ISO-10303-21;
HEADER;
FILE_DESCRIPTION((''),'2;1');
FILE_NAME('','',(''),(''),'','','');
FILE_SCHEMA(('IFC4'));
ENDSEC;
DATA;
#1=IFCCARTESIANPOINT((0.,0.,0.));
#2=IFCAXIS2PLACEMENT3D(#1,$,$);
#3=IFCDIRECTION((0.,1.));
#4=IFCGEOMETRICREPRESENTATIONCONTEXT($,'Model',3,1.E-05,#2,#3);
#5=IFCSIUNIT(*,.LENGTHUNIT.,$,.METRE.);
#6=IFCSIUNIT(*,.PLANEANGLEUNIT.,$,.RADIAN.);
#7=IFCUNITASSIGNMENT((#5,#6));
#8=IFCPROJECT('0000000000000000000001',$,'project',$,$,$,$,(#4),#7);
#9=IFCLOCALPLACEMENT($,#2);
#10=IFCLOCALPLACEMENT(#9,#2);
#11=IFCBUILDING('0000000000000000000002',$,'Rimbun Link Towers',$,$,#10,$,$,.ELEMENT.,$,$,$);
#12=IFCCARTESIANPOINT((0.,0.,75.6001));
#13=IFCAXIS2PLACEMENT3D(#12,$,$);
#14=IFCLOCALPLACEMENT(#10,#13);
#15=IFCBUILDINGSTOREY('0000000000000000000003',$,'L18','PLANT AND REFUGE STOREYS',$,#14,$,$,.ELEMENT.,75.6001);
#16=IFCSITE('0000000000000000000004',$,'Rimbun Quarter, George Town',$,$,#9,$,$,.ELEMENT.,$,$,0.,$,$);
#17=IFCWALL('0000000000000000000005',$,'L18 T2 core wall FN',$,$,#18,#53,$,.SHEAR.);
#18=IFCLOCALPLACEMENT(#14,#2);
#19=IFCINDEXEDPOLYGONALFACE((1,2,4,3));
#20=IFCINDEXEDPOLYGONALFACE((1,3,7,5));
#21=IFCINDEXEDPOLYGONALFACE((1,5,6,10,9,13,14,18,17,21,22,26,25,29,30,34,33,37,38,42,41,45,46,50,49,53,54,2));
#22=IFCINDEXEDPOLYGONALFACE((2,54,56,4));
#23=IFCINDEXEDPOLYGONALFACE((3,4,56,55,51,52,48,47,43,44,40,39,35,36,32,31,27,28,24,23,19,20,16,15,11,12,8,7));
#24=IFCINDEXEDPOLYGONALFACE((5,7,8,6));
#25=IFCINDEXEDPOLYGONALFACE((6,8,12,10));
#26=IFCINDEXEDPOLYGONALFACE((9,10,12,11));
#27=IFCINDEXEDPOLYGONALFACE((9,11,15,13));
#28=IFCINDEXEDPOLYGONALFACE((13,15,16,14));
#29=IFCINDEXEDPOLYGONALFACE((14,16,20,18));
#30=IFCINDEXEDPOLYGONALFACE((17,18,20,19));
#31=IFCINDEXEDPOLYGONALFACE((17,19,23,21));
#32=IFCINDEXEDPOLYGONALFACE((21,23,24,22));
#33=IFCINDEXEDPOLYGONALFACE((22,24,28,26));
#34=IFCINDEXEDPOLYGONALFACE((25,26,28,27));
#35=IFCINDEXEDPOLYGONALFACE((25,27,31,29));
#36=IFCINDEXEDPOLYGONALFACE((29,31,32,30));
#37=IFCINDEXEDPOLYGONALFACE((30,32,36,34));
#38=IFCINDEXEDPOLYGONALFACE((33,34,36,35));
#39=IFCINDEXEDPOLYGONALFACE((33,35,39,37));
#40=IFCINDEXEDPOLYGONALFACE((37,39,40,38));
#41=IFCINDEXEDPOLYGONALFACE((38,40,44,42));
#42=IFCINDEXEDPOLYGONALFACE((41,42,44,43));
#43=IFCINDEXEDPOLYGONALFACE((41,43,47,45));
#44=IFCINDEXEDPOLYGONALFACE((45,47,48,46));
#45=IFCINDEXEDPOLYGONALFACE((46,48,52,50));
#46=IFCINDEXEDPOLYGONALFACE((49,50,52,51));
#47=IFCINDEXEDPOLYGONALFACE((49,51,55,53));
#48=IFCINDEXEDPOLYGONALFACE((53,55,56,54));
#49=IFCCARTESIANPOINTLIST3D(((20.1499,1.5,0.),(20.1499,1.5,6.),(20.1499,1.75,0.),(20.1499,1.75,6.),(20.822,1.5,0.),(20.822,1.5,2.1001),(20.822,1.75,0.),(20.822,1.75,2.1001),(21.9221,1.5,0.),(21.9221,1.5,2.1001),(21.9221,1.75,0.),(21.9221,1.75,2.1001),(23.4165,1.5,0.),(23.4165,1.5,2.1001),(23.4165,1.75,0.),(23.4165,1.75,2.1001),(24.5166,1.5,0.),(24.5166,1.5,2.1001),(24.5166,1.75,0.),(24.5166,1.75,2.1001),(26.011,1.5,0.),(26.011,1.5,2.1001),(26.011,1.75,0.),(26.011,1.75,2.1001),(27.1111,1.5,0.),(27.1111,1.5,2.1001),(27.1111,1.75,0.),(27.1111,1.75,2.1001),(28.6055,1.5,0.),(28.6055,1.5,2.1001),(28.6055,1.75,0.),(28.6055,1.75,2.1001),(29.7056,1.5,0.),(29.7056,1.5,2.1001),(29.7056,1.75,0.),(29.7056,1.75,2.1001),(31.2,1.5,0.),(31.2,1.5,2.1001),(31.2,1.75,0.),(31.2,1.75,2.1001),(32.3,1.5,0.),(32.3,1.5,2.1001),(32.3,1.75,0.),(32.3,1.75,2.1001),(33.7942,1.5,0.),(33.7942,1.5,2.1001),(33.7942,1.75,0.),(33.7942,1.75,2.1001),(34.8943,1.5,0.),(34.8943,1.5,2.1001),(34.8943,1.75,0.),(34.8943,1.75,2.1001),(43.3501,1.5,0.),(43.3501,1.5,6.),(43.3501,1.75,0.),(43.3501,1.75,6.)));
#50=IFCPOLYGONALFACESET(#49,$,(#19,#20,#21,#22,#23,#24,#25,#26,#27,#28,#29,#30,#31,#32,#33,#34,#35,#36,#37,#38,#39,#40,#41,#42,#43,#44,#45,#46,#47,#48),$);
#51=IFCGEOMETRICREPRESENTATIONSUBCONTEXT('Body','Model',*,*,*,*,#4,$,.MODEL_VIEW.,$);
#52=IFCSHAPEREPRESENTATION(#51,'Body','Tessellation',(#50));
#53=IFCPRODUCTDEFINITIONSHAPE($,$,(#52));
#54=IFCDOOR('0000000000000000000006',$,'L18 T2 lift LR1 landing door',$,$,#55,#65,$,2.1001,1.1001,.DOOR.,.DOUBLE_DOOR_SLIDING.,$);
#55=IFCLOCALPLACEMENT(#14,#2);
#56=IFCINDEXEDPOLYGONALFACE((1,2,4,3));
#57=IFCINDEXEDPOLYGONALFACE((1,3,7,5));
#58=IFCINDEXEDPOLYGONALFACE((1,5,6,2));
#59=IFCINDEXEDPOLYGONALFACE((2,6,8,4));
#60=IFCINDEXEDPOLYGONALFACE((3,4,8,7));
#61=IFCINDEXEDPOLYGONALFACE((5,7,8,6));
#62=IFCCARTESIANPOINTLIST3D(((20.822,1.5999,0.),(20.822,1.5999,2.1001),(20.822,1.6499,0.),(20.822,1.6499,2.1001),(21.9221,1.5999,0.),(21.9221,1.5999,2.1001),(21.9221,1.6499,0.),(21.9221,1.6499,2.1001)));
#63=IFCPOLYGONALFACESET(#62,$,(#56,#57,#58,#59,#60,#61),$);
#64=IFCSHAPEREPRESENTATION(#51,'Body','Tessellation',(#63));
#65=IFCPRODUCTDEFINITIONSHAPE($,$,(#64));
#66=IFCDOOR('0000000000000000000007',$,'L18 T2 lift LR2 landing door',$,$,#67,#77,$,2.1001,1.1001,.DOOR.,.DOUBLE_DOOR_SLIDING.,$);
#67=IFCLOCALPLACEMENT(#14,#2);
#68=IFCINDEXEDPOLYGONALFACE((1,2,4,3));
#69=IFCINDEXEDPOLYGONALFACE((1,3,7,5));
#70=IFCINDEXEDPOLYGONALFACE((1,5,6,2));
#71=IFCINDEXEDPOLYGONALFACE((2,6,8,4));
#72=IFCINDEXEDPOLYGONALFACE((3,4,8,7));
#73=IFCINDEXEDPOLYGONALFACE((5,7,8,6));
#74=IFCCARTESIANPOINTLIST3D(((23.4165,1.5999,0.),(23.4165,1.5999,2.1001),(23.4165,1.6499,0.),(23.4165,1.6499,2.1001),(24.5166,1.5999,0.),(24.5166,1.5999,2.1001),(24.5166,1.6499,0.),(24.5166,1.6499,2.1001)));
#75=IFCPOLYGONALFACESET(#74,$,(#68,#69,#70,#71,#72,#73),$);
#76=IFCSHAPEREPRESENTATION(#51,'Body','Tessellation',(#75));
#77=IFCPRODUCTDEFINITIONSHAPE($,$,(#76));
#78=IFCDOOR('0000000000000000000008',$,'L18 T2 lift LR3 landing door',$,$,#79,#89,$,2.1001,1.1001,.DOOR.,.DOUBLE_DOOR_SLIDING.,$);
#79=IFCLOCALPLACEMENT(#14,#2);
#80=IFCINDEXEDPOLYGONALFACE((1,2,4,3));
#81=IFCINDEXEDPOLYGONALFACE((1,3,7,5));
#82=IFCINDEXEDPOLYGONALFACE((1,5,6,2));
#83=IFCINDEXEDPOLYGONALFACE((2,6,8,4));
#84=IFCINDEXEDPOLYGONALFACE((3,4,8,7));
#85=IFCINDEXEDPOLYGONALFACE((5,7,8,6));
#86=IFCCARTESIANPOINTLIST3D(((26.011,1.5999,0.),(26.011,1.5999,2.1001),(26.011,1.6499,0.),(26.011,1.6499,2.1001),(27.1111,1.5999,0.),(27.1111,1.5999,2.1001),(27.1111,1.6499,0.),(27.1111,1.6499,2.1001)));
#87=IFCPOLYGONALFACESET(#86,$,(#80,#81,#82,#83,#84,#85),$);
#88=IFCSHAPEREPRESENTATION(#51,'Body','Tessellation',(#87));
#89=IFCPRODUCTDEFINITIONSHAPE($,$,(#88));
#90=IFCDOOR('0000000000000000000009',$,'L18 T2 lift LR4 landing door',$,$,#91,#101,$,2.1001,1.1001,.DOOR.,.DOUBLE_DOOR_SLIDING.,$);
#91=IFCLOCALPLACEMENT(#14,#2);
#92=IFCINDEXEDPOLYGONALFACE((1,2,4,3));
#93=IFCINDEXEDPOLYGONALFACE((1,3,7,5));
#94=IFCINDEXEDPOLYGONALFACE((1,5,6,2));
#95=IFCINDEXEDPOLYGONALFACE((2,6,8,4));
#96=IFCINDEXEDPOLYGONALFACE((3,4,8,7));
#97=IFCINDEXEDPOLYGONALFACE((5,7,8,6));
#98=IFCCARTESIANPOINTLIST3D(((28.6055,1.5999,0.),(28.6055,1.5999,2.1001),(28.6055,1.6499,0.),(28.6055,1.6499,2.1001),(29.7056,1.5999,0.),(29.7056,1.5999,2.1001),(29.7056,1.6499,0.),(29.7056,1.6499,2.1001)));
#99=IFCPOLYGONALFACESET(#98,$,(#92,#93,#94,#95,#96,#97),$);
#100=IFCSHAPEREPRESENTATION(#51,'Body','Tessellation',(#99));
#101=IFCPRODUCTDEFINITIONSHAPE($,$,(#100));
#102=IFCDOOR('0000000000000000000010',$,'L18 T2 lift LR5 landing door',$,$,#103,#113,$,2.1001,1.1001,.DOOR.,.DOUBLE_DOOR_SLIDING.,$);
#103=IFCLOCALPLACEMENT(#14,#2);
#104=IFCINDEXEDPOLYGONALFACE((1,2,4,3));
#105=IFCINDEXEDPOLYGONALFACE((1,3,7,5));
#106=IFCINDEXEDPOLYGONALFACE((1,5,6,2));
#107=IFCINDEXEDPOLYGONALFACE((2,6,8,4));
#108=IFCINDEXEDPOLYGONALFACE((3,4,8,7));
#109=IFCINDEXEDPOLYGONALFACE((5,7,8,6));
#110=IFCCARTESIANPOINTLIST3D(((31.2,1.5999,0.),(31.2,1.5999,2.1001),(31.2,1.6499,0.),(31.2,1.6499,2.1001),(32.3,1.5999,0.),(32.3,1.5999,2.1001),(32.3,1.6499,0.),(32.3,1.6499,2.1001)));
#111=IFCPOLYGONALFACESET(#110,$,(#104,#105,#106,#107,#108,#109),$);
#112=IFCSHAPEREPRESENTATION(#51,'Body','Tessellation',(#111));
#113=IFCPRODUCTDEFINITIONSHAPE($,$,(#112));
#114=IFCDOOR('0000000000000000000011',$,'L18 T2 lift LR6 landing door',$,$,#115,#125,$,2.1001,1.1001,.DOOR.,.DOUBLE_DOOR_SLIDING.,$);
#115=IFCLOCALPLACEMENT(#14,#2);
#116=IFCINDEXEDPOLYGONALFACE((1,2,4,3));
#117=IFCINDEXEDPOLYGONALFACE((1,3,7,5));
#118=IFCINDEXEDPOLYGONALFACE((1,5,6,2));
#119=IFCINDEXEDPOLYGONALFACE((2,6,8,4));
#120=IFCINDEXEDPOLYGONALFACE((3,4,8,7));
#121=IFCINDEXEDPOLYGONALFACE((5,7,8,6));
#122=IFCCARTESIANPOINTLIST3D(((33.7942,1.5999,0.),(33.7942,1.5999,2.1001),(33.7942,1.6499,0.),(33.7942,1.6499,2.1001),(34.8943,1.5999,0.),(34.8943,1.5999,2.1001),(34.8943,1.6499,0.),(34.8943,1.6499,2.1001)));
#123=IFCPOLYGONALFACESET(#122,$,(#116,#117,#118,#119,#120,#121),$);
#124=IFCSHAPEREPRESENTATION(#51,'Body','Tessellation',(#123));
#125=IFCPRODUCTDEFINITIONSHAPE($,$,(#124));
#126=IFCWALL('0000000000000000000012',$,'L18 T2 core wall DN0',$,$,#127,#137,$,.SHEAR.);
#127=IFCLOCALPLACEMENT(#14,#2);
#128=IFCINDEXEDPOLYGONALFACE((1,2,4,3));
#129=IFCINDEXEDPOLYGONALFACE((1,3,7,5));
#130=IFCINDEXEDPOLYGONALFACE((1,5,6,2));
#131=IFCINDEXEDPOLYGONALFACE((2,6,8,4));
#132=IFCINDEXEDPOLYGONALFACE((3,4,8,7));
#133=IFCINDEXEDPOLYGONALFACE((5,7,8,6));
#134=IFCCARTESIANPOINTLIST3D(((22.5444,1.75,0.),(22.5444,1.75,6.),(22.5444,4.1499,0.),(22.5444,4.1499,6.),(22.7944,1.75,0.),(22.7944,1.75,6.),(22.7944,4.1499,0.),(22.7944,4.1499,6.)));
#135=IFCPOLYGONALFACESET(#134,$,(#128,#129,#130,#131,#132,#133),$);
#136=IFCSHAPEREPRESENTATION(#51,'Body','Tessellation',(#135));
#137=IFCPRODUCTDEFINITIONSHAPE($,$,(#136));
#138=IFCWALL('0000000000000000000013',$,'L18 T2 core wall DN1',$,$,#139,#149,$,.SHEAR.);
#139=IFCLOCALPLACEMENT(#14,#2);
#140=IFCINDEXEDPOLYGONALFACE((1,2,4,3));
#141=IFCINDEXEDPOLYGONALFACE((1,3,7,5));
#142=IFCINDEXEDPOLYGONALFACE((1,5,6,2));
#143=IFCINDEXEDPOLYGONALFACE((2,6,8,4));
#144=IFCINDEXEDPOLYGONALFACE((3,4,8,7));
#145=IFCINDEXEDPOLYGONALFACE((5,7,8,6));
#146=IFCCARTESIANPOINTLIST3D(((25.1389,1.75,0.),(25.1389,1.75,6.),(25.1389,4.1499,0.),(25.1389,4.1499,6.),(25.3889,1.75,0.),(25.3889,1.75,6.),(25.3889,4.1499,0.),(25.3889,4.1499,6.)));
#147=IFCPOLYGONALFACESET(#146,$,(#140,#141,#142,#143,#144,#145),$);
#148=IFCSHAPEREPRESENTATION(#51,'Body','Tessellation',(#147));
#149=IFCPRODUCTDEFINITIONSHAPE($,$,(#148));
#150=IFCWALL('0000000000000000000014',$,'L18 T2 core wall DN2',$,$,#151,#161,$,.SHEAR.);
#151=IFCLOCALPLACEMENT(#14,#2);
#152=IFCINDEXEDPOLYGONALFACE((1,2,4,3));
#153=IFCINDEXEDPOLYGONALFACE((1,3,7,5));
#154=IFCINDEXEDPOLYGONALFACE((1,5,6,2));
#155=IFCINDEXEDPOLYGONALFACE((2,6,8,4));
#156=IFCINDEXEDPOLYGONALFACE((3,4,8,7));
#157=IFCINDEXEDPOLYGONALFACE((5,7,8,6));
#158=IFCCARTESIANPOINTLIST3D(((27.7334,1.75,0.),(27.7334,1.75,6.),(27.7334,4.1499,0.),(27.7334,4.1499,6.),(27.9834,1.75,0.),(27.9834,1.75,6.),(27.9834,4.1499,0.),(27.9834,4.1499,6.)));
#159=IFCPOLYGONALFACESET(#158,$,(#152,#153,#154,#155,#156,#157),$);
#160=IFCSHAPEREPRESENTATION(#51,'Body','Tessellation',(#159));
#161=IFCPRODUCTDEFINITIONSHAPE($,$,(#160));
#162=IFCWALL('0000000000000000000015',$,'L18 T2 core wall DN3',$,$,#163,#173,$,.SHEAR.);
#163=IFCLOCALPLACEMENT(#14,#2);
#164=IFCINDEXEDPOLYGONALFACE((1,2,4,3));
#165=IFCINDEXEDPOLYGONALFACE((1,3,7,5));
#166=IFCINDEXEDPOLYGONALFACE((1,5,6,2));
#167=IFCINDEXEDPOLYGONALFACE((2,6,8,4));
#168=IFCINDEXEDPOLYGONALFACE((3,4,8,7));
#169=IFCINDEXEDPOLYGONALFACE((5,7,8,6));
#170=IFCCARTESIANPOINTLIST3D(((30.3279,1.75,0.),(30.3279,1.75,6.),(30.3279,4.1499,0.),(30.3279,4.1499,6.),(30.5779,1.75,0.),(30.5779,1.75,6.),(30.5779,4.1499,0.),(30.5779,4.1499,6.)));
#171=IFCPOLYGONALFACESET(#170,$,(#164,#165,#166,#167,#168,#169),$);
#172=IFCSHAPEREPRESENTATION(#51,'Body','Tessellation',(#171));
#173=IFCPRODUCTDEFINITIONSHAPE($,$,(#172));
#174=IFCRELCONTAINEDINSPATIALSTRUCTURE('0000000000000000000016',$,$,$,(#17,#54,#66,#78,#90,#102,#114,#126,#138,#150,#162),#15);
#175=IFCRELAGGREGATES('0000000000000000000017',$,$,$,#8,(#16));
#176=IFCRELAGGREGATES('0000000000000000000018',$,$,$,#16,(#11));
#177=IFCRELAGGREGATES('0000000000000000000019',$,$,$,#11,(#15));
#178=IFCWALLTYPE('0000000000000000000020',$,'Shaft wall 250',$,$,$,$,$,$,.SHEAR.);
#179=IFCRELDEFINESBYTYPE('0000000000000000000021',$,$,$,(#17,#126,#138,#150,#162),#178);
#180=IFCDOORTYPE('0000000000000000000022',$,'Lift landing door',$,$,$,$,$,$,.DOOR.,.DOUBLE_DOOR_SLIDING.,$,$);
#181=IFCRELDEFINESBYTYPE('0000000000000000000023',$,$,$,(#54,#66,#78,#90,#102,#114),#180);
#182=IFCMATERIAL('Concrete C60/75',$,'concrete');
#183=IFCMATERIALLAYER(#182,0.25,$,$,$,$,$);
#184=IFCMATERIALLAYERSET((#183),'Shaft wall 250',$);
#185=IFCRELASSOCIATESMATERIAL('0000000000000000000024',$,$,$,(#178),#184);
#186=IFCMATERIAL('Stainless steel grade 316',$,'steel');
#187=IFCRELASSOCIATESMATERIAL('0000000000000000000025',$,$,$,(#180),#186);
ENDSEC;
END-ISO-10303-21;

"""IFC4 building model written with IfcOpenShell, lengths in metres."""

from ifc_helpers import new_model, si_unit, direction, frame, frame_2d, origin, place, context, subcontext, project, spatial, rectangle, extrude, material, layer, layer_set, type_object, element, fill, save


model = new_model("IFC4")

# Units and contexts
model_context = context("Model", 3, precision=1e-05, world=origin(), true_north=direction((0.0, 1.0)))
body_context = subcontext(model_context, "Body", "Model", "MODEL_VIEW")
ifc_project = project(units=[si_unit("LENGTHUNIT", "METRE"), si_unit("PLANEANGLEUNIT", "RADIAN")], contexts=[model_context])

# Site, building, storey
site_placement = place(None, origin())
site = spatial("IfcSite", under=ifc_project, at=site_placement, Name="Rimbun Quarter, George Town", CompositionType="ELEMENT", RefElevation=0.0)
building_placement = place(site_placement, origin())
building = spatial("IfcBuilding", under=site, at=building_placement, Name="Rimbun Link Towers", CompositionType="ELEMENT")
storey_placement = place(building_placement, frame((0.0, 0.0, 75.6001)))
storey = spatial("IfcBuildingStorey", under=building, at=storey_placement, Name="L18", Description="PLANT AND REFUGE STOREYS", CompositionType="ELEMENT", Elevation=75.6001)

# Shared definitions
ifc_material_1 = material(Name="Concrete C60/75", Category="concrete")
ifc_layer = layer(ifc_material_1, 0.25)
ifc_layer_set = layer_set([ifc_layer], Name="Shaft wall 250")
wall_type = type_object("IfcWallType", Name="Shaft wall 250", PredefinedType="SHEAR", material=ifc_layer_set)

# Wall, openings, doors
wall_1_placement = place(storey_placement, frame((20.1499, 1.625, 0.0), z_axis=(0.0, 0.0, 1.0), x_axis=(1.0, 0.0, 0.0)))
wall_1 = element("IfcWall", 1, at=wall_1_placement, inside=storey, type_object=wall_type, Name="L18 T2 core wall FN", PredefinedType="SHEAR", context=body_context, shape_type="SweptSolid", body=[
    extrude(rectangle(XDim=23.2002, YDim=0.25, at=frame_2d((11.6001, 0.0))), origin(), (0.0, 0.0, 1.0), 6.0),
])
opening_1_placement = place(wall_1_placement, frame((0.6721, 0.0, 0.0)))
opening_1 = element("IfcOpeningElement", 2, at=opening_1_placement, cuts=wall_1, PredefinedType="OPENING", context=body_context, shape_type="SweptSolid", body=[
    extrude(rectangle(XDim=1.1001, YDim=2.1001, at=frame_2d((0.55, 1.05))), frame((0.0, 0.135, 0.0), z_axis=(0.0, -1.0, 0.0), x_axis=(1.0, 0.0, 0.0)), (0.0, 0.0, 1.0), 0.27),
])
opening_2_placement = place(wall_1_placement, frame((3.2666, 0.0, 0.0)))
opening_2 = element("IfcOpeningElement", 3, at=opening_2_placement, cuts=wall_1, PredefinedType="OPENING", context=body_context, shape_type="SweptSolid", body=[
    extrude(rectangle(XDim=1.1001, YDim=2.1001, at=frame_2d((0.55, 1.05))), frame((0.0, 0.135, 0.0), z_axis=(0.0, -1.0, 0.0), x_axis=(1.0, 0.0, 0.0)), (0.0, 0.0, 1.0), 0.27),
])
opening_3_placement = place(wall_1_placement, frame((5.8611, 0.0, 0.0)))
opening_3 = element("IfcOpeningElement", 4, at=opening_3_placement, cuts=wall_1, PredefinedType="OPENING", context=body_context, shape_type="SweptSolid", body=[
    extrude(rectangle(XDim=1.1001, YDim=2.1001, at=frame_2d((0.55, 1.05))), frame((0.0, 0.135, 0.0), z_axis=(0.0, -1.0, 0.0), x_axis=(1.0, 0.0, 0.0)), (0.0, 0.0, 1.0), 0.27),
])
opening_4_placement = place(wall_1_placement, frame((8.4556, 0.0, 0.0)))
opening_4 = element("IfcOpeningElement", 5, at=opening_4_placement, cuts=wall_1, PredefinedType="OPENING", context=body_context, shape_type="SweptSolid", body=[
    extrude(rectangle(XDim=1.1001, YDim=2.1001, at=frame_2d((0.55, 1.05))), frame((0.0, 0.135, 0.0), z_axis=(0.0, -1.0, 0.0), x_axis=(1.0, 0.0, 0.0)), (0.0, 0.0, 1.0), 0.27),
])
opening_5_placement = place(wall_1_placement, frame((11.05, 0.0, 0.0)))
opening_5 = element("IfcOpeningElement", 6, at=opening_5_placement, cuts=wall_1, PredefinedType="OPENING", context=body_context, shape_type="SweptSolid", body=[
    extrude(rectangle(XDim=1.1001, YDim=2.1001, at=frame_2d((0.55, 1.05))), frame((0.0, 0.135, 0.0), z_axis=(0.0, -1.0, 0.0), x_axis=(1.0, 0.0, 0.0)), (0.0, 0.0, 1.0), 0.27),
])
opening_6_placement = place(wall_1_placement, frame((13.6443, 0.0, 0.0)))
opening_6 = element("IfcOpeningElement", 7, at=opening_6_placement, cuts=wall_1, PredefinedType="OPENING", context=body_context, shape_type="SweptSolid", body=[
    extrude(rectangle(XDim=1.1001, YDim=2.1001, at=frame_2d((0.55, 1.05))), frame((0.0, 0.135, 0.0), z_axis=(0.0, -1.0, 0.0), x_axis=(1.0, 0.0, 0.0)), (0.0, 0.0, 1.0), 0.27),
])
ifc_material_2 = material(Name="Stainless steel grade 316", Category="steel")
door_type_1 = type_object("IfcDoorType", Name="Lift landing door", OperationType="DOUBLE_DOOR_SLIDING", PredefinedType="DOOR", material=ifc_material_2)
door_1_placement = place(opening_1_placement, origin())
door_1 = element("IfcDoor", 8, at=door_1_placement, inside=storey, type_object=door_type_1, Name="L18 T2 lift LR1 landing door", OperationType="DOUBLE_DOOR_SLIDING", OverallHeight=2.1001, OverallWidth=1.1001, PredefinedType="DOOR", context=body_context, shape_type="SweptSolid", body=[
    extrude(rectangle(XDim=1.1001, YDim=2.1001, at=frame_2d((0.55, 1.05))), frame((0.0, 0.0249, 0.0), z_axis=(0.0, -1.0, 0.0), x_axis=(1.0, 0.0, 0.0)), (0.0, 0.0, 1.0), 0.05),
])
fill(opening_1, door_1)
door_2_placement = place(opening_2_placement, origin())
door_2 = element("IfcDoor", 9, at=door_2_placement, inside=storey, type_object=door_type_1, Name="L18 T2 lift LR2 landing door", OperationType="DOUBLE_DOOR_SLIDING", OverallHeight=2.1001, OverallWidth=1.1001, PredefinedType="DOOR", context=body_context, shape_type="SweptSolid", body=[
    extrude(rectangle(XDim=1.1001, YDim=2.1001, at=frame_2d((0.55, 1.05))), frame((0.0, 0.0249, 0.0), z_axis=(0.0, -1.0, 0.0), x_axis=(1.0, 0.0, 0.0)), (0.0, 0.0, 1.0), 0.05),
])
fill(opening_2, door_2)
door_3_placement = place(opening_3_placement, origin())
door_3 = element("IfcDoor", 10, at=door_3_placement, inside=storey, type_object=door_type_1, Name="L18 T2 lift LR3 landing door", OperationType="DOUBLE_DOOR_SLIDING", OverallHeight=2.1001, OverallWidth=1.1001, PredefinedType="DOOR", context=body_context, shape_type="SweptSolid", body=[
    extrude(rectangle(XDim=1.1001, YDim=2.1001, at=frame_2d((0.55, 1.05))), frame((0.0, 0.0249, 0.0), z_axis=(0.0, -1.0, 0.0), x_axis=(1.0, 0.0, 0.0)), (0.0, 0.0, 1.0), 0.05),
])
fill(opening_3, door_3)
door_4_placement = place(opening_4_placement, origin())
door_4 = element("IfcDoor", 11, at=door_4_placement, inside=storey, type_object=door_type_1, Name="L18 T2 lift LR4 landing door", OperationType="DOUBLE_DOOR_SLIDING", OverallHeight=2.1001, OverallWidth=1.1001, PredefinedType="DOOR", context=body_context, shape_type="SweptSolid", body=[
    extrude(rectangle(XDim=1.1001, YDim=2.1001, at=frame_2d((0.55, 1.05))), frame((0.0, 0.0249, 0.0), z_axis=(0.0, -1.0, 0.0), x_axis=(1.0, 0.0, 0.0)), (0.0, 0.0, 1.0), 0.05),
])
fill(opening_4, door_4)
door_5_placement = place(opening_5_placement, origin())
door_5 = element("IfcDoor", 12, at=door_5_placement, inside=storey, type_object=door_type_1, Name="L18 T2 lift LR5 landing door", OperationType="DOUBLE_DOOR_SLIDING", OverallHeight=2.1001, OverallWidth=1.1001, PredefinedType="DOOR", context=body_context, shape_type="SweptSolid", body=[
    extrude(rectangle(XDim=1.1001, YDim=2.1001, at=frame_2d((0.55, 1.05))), frame((0.0, 0.0249, 0.0), z_axis=(0.0, -1.0, 0.0), x_axis=(1.0, 0.0, 0.0)), (0.0, 0.0, 1.0), 0.05),
])
fill(opening_5, door_5)
door_6_placement = place(opening_6_placement, origin())
door_6 = element("IfcDoor", 13, at=door_6_placement, inside=storey, type_object=door_type_1, Name="L18 T2 lift LR6 landing door", OperationType="DOUBLE_DOOR_SLIDING", OverallHeight=2.1001, OverallWidth=1.1001, PredefinedType="DOOR", context=body_context, shape_type="SweptSolid", body=[
    extrude(rectangle(XDim=1.1001, YDim=2.1001, at=frame_2d((0.55, 1.05))), frame((0.0, 0.0249, 0.0), z_axis=(0.0, -1.0, 0.0), x_axis=(1.0, 0.0, 0.0)), (0.0, 0.0, 1.0), 0.05),
])
fill(opening_6, door_6)

# Walls
for number, where, z_axis, x_axis, name in (
    (14, (22.6694, 1.75, 0.0), (0.0, 0.0, 1.0), (0.0, 1.0, 0.0), "L18 T2 core wall DN0"),
    (15, (25.2639, 1.75, 0.0), (0.0, 0.0, 1.0), (0.0, 1.0, 0.0), "L18 T2 core wall DN1"),
    (16, (27.8584, 1.75, 0.0), (0.0, 0.0, 1.0), (0.0, 1.0, 0.0), "L18 T2 core wall DN2"),
    (17, (30.4529, 1.75, 0.0), (0.0, 0.0, 1.0), (0.0, 1.0, 0.0), "L18 T2 core wall DN3"),
):
    element("IfcWall", number, at=place(storey_placement, frame(where, z_axis=z_axis, x_axis=x_axis)), inside=storey, type_object=wall_type, Name=name, PredefinedType="SHEAR", context=body_context, shape_type="SweptSolid", body=[
        extrude(rectangle(XDim=2.3999, YDim=0.25, at=frame_2d((1.2, 0.0))), origin(), (0.0, 0.0, 1.0), 6.0),
    ])

save(model, "model.ifc")
